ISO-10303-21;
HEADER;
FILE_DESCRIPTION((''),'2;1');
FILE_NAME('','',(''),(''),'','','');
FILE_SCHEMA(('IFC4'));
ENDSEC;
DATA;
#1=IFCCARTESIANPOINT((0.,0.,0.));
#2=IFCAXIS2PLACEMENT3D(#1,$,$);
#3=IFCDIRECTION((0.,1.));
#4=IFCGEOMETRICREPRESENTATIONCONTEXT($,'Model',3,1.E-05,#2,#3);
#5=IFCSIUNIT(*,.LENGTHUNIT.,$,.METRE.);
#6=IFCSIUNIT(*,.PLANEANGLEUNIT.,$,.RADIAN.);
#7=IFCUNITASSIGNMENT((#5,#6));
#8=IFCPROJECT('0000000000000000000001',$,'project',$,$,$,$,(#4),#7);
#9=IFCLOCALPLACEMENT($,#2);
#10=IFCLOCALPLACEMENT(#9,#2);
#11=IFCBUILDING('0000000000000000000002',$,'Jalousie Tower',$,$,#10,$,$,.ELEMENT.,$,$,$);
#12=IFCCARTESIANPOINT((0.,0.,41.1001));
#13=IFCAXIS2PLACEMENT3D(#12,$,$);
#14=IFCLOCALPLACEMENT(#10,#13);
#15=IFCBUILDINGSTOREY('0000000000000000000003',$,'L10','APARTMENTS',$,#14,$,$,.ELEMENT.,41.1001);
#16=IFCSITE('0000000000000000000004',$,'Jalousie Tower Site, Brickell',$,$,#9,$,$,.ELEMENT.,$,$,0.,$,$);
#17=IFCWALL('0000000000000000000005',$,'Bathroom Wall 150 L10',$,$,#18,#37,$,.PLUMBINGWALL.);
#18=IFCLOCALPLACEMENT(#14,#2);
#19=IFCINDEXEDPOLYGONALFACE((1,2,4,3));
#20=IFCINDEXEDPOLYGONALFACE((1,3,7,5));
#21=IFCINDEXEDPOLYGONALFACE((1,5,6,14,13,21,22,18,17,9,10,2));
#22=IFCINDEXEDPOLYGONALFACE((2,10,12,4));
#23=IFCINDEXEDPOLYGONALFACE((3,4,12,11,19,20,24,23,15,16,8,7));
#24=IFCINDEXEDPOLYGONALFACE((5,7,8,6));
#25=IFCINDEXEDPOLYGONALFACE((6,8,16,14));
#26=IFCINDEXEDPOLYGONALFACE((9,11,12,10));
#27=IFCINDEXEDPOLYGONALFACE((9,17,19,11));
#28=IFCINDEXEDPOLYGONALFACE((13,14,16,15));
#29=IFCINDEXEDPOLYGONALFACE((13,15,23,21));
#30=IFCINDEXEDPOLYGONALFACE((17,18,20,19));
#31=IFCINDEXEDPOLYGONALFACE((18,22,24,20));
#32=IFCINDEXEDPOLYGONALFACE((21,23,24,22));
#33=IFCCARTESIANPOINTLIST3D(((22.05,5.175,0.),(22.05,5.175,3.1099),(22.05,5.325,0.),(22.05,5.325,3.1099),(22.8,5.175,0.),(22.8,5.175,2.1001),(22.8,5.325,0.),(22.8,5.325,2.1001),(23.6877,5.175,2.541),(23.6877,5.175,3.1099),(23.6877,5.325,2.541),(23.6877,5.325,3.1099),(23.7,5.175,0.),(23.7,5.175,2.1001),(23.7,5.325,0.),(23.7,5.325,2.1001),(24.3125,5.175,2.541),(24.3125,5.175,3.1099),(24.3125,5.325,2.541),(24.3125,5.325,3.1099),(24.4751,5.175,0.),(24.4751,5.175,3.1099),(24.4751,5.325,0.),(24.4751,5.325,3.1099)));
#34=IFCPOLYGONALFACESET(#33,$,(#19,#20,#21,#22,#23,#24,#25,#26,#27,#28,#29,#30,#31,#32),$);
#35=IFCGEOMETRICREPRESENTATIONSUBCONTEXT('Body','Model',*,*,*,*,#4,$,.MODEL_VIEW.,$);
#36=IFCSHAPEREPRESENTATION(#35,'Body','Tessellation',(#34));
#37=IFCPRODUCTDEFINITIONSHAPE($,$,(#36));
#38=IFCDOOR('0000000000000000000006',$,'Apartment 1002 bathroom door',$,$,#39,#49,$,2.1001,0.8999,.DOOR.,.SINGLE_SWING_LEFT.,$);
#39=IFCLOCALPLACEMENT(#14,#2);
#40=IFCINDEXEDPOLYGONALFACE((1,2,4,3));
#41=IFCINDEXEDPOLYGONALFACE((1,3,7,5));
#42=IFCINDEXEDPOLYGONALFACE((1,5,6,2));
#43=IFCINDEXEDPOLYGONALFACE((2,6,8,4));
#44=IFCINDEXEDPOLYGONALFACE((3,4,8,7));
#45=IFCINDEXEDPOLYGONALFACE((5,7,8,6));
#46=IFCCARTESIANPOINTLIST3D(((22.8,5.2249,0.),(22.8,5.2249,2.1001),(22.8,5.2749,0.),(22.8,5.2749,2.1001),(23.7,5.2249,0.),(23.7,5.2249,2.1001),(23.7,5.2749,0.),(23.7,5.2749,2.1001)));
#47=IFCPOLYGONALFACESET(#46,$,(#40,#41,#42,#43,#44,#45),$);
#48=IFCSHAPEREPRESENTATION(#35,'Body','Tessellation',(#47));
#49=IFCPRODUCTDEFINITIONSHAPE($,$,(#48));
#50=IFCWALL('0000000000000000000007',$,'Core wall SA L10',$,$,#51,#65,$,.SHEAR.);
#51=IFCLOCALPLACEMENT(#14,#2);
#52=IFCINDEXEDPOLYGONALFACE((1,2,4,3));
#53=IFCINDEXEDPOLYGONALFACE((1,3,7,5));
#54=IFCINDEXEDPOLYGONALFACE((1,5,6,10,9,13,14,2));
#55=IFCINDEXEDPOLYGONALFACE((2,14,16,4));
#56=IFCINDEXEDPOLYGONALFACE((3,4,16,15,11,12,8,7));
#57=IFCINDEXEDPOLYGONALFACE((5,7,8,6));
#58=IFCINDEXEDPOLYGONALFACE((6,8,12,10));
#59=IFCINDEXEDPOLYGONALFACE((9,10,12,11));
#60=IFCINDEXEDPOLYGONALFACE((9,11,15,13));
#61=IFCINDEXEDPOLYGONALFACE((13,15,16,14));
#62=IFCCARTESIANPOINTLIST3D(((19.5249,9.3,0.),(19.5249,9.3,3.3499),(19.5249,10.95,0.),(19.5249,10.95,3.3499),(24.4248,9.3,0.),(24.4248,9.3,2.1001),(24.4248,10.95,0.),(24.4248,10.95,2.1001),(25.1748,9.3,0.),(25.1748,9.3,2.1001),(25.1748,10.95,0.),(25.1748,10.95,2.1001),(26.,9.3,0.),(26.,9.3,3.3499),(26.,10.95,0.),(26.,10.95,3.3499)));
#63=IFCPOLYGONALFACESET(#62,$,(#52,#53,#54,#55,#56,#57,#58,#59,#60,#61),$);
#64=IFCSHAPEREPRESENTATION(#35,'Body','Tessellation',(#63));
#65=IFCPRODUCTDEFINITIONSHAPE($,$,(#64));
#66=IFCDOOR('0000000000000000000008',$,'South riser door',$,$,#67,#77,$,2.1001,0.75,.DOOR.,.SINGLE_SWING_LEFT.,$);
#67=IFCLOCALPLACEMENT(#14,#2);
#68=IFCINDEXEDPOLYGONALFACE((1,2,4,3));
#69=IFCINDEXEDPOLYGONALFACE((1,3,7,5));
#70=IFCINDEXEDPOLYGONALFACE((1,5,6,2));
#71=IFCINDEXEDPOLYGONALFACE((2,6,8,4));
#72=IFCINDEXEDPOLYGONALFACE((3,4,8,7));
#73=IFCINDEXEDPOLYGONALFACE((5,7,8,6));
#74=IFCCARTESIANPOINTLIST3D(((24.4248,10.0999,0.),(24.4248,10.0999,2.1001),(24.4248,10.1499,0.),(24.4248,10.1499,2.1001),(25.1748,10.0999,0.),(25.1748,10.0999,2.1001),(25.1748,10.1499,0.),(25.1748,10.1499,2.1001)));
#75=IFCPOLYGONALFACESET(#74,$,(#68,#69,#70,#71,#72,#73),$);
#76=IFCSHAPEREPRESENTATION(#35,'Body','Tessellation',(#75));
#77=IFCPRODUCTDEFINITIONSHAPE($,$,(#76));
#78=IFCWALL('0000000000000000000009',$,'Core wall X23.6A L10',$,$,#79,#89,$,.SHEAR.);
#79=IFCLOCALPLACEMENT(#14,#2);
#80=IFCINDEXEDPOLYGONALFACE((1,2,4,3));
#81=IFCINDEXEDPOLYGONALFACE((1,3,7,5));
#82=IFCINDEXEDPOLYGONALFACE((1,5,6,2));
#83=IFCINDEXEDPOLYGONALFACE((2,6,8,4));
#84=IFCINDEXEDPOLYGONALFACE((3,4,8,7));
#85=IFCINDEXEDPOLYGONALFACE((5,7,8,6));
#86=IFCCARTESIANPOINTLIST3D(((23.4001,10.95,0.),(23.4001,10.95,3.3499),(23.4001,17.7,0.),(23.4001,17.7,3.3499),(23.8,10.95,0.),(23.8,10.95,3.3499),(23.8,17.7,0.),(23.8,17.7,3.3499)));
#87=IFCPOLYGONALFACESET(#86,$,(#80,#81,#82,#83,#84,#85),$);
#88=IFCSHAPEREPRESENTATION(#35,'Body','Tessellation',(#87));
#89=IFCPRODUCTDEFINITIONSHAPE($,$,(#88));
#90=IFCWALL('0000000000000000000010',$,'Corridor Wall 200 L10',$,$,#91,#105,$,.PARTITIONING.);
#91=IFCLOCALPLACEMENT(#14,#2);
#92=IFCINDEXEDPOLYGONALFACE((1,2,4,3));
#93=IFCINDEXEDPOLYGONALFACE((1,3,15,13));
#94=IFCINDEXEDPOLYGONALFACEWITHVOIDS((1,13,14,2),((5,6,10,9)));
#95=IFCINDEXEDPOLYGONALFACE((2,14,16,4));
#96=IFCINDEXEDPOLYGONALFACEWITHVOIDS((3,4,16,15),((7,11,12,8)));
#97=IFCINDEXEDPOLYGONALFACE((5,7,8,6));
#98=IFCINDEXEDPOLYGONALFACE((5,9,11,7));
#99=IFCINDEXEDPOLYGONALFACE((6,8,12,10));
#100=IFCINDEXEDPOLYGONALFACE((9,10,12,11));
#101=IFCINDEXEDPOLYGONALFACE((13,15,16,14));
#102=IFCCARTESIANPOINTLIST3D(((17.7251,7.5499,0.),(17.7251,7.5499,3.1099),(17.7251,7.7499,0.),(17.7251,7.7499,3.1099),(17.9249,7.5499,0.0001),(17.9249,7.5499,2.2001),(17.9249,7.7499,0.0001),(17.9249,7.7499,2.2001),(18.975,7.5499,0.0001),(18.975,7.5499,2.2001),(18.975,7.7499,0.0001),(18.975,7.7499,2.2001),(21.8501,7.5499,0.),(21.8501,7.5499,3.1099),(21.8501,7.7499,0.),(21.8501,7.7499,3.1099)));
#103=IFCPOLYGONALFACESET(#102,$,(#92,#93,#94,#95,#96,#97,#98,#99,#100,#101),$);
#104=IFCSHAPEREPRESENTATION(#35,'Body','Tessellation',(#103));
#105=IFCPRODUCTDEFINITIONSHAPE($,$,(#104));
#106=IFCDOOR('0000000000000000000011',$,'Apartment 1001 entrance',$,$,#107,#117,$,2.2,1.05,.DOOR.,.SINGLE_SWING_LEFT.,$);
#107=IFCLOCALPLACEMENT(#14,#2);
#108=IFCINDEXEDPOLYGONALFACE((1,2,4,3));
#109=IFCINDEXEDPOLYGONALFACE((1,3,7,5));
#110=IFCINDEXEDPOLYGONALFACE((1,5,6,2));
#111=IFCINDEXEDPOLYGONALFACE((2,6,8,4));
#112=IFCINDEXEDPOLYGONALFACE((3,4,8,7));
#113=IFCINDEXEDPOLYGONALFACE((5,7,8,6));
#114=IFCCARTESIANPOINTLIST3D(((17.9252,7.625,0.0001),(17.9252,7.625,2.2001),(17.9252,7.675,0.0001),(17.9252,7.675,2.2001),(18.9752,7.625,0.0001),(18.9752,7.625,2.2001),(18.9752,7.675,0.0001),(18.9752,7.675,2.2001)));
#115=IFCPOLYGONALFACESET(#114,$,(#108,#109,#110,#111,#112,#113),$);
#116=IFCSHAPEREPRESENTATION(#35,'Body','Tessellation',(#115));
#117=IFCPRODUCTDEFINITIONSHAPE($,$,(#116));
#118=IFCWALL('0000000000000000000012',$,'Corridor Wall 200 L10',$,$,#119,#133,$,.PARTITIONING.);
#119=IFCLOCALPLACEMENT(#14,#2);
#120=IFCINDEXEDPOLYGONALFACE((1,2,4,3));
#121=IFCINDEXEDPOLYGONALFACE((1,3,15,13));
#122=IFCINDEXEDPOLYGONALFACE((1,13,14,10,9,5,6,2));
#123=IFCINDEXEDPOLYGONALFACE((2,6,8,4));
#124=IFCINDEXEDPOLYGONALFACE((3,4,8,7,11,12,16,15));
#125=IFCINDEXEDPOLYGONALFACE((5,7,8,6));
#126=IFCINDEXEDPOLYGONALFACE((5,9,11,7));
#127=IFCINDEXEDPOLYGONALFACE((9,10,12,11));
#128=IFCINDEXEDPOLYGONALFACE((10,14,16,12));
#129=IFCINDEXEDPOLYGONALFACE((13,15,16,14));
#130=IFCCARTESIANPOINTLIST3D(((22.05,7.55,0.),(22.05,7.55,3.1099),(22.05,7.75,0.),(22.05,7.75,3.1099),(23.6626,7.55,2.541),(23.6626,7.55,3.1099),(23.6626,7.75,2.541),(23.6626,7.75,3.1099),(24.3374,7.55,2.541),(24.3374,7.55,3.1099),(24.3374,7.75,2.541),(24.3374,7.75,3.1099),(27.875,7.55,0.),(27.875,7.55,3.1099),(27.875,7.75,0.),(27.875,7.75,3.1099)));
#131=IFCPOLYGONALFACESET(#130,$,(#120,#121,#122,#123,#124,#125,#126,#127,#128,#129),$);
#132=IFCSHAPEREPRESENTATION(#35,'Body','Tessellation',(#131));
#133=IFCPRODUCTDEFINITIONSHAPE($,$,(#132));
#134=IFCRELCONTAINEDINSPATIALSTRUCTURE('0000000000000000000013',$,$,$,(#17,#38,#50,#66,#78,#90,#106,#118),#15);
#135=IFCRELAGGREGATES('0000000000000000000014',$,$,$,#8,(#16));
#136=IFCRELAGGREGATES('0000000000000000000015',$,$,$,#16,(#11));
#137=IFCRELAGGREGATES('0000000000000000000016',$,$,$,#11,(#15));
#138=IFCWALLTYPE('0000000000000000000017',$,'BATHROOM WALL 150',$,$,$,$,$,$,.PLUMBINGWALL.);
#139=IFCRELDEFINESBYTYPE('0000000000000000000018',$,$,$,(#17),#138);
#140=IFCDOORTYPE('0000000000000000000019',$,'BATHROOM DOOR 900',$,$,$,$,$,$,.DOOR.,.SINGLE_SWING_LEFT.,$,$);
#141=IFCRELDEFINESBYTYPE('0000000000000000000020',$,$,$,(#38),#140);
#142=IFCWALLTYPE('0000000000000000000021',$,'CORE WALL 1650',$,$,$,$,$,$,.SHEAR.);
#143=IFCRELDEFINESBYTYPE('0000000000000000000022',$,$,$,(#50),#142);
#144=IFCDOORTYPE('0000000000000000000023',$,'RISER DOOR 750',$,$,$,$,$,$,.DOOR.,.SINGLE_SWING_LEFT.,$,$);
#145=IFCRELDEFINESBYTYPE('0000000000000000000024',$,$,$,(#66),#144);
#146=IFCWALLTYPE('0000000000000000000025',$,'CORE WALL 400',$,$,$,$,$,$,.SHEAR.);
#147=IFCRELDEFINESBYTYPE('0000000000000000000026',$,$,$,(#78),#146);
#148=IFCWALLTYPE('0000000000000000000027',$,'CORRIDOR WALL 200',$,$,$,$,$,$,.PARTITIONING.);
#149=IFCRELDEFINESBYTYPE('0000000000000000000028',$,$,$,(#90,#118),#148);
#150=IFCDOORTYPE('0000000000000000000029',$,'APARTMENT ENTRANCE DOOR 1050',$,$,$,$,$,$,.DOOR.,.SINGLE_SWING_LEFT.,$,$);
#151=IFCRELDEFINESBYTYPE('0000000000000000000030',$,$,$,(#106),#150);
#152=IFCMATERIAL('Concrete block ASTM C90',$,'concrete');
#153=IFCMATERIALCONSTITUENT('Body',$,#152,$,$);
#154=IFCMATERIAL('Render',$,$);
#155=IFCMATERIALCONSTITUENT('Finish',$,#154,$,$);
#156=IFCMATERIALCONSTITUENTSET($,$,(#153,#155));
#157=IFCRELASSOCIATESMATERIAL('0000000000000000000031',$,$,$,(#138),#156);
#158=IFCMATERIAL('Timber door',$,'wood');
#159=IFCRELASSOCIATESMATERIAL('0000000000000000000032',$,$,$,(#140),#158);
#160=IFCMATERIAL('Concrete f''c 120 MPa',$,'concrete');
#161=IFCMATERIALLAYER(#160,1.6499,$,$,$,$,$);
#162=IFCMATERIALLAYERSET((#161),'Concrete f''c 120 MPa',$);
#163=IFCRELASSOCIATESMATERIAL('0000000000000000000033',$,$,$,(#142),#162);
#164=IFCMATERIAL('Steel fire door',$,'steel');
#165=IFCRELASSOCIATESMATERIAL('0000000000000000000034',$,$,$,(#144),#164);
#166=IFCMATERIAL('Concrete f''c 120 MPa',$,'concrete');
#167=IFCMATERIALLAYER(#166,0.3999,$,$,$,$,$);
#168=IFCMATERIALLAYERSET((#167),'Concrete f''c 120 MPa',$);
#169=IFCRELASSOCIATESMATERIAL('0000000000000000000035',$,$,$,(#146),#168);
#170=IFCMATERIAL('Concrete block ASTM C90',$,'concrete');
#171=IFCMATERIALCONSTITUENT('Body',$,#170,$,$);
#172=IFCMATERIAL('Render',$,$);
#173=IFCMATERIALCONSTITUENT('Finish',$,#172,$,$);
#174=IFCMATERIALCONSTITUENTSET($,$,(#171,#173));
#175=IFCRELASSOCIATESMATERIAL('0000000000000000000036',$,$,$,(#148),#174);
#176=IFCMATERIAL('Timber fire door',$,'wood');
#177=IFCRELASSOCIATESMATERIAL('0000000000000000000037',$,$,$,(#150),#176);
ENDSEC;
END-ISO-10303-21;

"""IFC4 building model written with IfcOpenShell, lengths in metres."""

from ifc_helpers import new_model, si_unit, direction, frame, frame_2d, origin, place, context, subcontext, project, spatial, polyline, rectangle, outline, extrude, material, layer, layer_set, constituent, constituent_set, type_object, element, fill, save


model = new_model("IFC4")

# Units and contexts
model_context = context("Model", 3, precision=1e-05, world=origin(), true_north=direction((0.0, 1.0)))
body_context = subcontext(model_context, "Body", "Model", "MODEL_VIEW")
ifc_project = project(units=[si_unit("LENGTHUNIT", "METRE"), si_unit("PLANEANGLEUNIT", "RADIAN")], contexts=[model_context])

# Site, building, storey
site_placement = place(None, origin())
site = spatial("IfcSite", under=ifc_project, at=site_placement, Name="Jalousie Tower Site, Brickell", CompositionType="ELEMENT", RefElevation=0.0)
building_placement = place(site_placement, origin())
building = spatial("IfcBuilding", under=site, at=building_placement, Name="Jalousie Tower", CompositionType="ELEMENT")
storey_placement = place(building_placement, frame((0.0, 0.0, 41.1001)))
storey = spatial("IfcBuildingStorey", under=building, at=storey_placement, Name="L10", Description="APARTMENTS", CompositionType="ELEMENT", Elevation=41.1001)

# Walls, openings, doors
ifc_material_1 = material(Name="Concrete block ASTM C90", Category="concrete")
ifc_constituent_1 = constituent(ifc_material_1, Name="Body")
ifc_material_2 = material(Name="Render")
ifc_constituent_2 = constituent(ifc_material_2, Name="Finish")
ifc_constituent_set_1 = constituent_set(constituents=[ifc_constituent_1, ifc_constituent_2])
wall_type_1 = type_object("IfcWallType", Name="BATHROOM WALL 150", PredefinedType="PLUMBINGWALL", material=ifc_constituent_set_1)
wall_1_placement = place(storey_placement, frame((22.05, 5.25, 0.0), z_axis=(0.0, 0.0, 1.0), x_axis=(1.0, 0.0, 0.0)))
wall_1 = element("IfcWall", 1, at=wall_1_placement, inside=storey, type_object=wall_type_1, Name="Bathroom Wall 150 L10", PredefinedType="PLUMBINGWALL", context=body_context, shape_type="SweptSolid", body=[
    extrude(outline(polyline([(0.0, 0.0), (2.425, 0.0), (2.425, 3.1099), (2.2625, 3.1099), (2.2625, 2.541), (1.6377, 2.541), (1.6377, 3.1099), (0.0, 3.1099), (0.0, 0.0)])), frame((0.0, 0.075, 0.0), z_axis=(0.0, -1.0, 0.0), x_axis=(1.0, 0.0, 0.0)), (0.0, 0.0, 1.0), 0.1499),
])
opening_1_placement = place(wall_1_placement, frame((0.75, 0.0, 0.0)))
opening_1 = element("IfcOpeningElement", 2, at=opening_1_placement, cuts=wall_1, PredefinedType="OPENING", context=body_context, shape_type="SweptSolid", body=[
    extrude(rectangle(XDim=0.8999, YDim=2.1001, at=frame_2d((0.45, 1.05))), frame((0.0, 0.085, 0.0), z_axis=(0.0, -1.0, 0.0), x_axis=(1.0, 0.0, 0.0)), (0.0, 0.0, 1.0), 0.1699),
])
ifc_material_3 = material(Name="Timber door", Category="wood")
door_type_1 = type_object("IfcDoorType", Name="BATHROOM DOOR 900", OperationType="SINGLE_SWING_LEFT", PredefinedType="DOOR", material=ifc_material_3)
door_1_placement = place(opening_1_placement, origin())
door_1 = element("IfcDoor", 3, at=door_1_placement, inside=storey, type_object=door_type_1, Name="Apartment 1002 bathroom door", OperationType="SINGLE_SWING_LEFT", OverallHeight=2.1001, OverallWidth=0.8999, PredefinedType="DOOR", context=body_context, shape_type="SweptSolid", body=[
    extrude(rectangle(XDim=0.8999, YDim=2.1001, at=frame_2d((0.45, 1.05))), frame((0.0, 0.0249, 0.0), z_axis=(0.0, -1.0, 0.0), x_axis=(1.0, 0.0, 0.0)), (0.0, 0.0, 1.0), 0.05),
])
fill(opening_1, door_1)
ifc_material_4 = material(Name="Concrete f'c 120 MPa", Category="concrete")
ifc_layer_1 = layer(ifc_material_4, 1.6499)
ifc_layer_set_1 = layer_set([ifc_layer_1], Name="Concrete f'c 120 MPa")
wall_type_2 = type_object("IfcWallType", Name="CORE WALL 1650", PredefinedType="SHEAR", material=ifc_layer_set_1)
wall_2_placement = place(storey_placement, frame((19.5249, 10.125, 0.0), z_axis=(0.0, 0.0, 1.0), x_axis=(1.0, 0.0, 0.0)))
wall_2 = element("IfcWall", 4, at=wall_2_placement, inside=storey, type_object=wall_type_2, Name="Core wall SA L10", PredefinedType="SHEAR", context=body_context, shape_type="SweptSolid", body=[
    extrude(rectangle(XDim=6.4751, YDim=1.6499, at=frame_2d((3.2375, 0.0))), origin(), (0.0, 0.0, 1.0), 3.3499),
])
opening_2_placement = place(wall_2_placement, frame((4.8999, 0.0, 0.0)))
opening_2 = element("IfcOpeningElement", 5, at=opening_2_placement, cuts=wall_2, PredefinedType="OPENING", context=body_context, shape_type="SweptSolid", body=[
    extrude(rectangle(XDim=0.75, YDim=2.1001, at=frame_2d((0.375, 1.05))), frame((0.0, 0.835, 0.0), z_axis=(0.0, -1.0, 0.0), x_axis=(1.0, 0.0, 0.0)), (0.0, 0.0, 1.0), 1.6699),
])
ifc_material_5 = material(Name="Steel fire door", Category="steel")
door_type_2 = type_object("IfcDoorType", Name="RISER DOOR 750", OperationType="SINGLE_SWING_LEFT", PredefinedType="DOOR", material=ifc_material_5)
door_2_placement = place(opening_2_placement, origin())
door_2 = element("IfcDoor", 6, at=door_2_placement, inside=storey, type_object=door_type_2, Name="South riser door", OperationType="SINGLE_SWING_LEFT", OverallHeight=2.1001, OverallWidth=0.75, PredefinedType="DOOR", context=body_context, shape_type="SweptSolid", body=[
    extrude(rectangle(XDim=0.75, YDim=2.1001, at=frame_2d((0.375, 1.05))), frame((0.0, 0.0249, 0.0), z_axis=(0.0, -1.0, 0.0), x_axis=(1.0, 0.0, 0.0)), (0.0, 0.0, 1.0), 0.05),
])
fill(opening_2, door_2)

# Wall
ifc_material_6 = material(Name="Concrete f'c 120 MPa", Category="concrete")
ifc_layer_2 = layer(ifc_material_6, 0.3999)
ifc_layer_set_2 = layer_set([ifc_layer_2], Name="Concrete f'c 120 MPa")
wall_type_3 = type_object("IfcWallType", Name="CORE WALL 400", PredefinedType="SHEAR", material=ifc_layer_set_2)
wall_3_placement = place(storey_placement, frame((23.6001, 10.95, 0.0), z_axis=(0.0, 0.0, 1.0), x_axis=(0.0, 1.0, 0.0)))
element("IfcWall", 7, at=wall_3_placement, inside=storey, type_object=wall_type_3, Name="Core wall X23.6A L10", PredefinedType="SHEAR", context=body_context, shape_type="SweptSolid", body=[
    extrude(rectangle(XDim=6.75, YDim=0.3999, at=frame_2d((3.375, 0.0))), origin(), (0.0, 0.0, 1.0), 3.3499),
])

# Wall, opening, door
ifc_material_7 = material(Name="Concrete block ASTM C90", Category="concrete")
ifc_constituent_3 = constituent(ifc_material_7, Name="Body")
ifc_material_8 = material(Name="Render")
ifc_constituent_4 = constituent(ifc_material_8, Name="Finish")
ifc_constituent_set_2 = constituent_set(constituents=[ifc_constituent_3, ifc_constituent_4])
wall_type_4 = type_object("IfcWallType", Name="CORRIDOR WALL 200", PredefinedType="PARTITIONING", material=ifc_constituent_set_2)
wall_4_placement = place(storey_placement, frame((17.7251, 7.6499, 0.0), z_axis=(0.0, 0.0, 1.0), x_axis=(1.0, 0.0, 0.0)))
wall_4 = element("IfcWall", 8, at=wall_4_placement, inside=storey, type_object=wall_type_4, Name="Corridor Wall 200 L10", PredefinedType="PARTITIONING", context=body_context, shape_type="SweptSolid", body=[
    extrude(rectangle(XDim=4.125, YDim=0.2, at=frame_2d((2.0625, 0.0))), origin(), (0.0, 0.0, 1.0), 3.1099),
])
opening_3_placement = place(wall_4_placement, frame((0.2, 0.0, 0.0)))
opening_3 = element("IfcOpeningElement", 9, at=opening_3_placement, cuts=wall_4, PredefinedType="OPENING", context=body_context, shape_type="SweptSolid", body=[
    extrude(rectangle(XDim=1.05, YDim=2.2, at=frame_2d((0.5249, 1.1001))), frame((0.0, 0.1099, 0.0), z_axis=(0.0, -1.0, 0.0), x_axis=(1.0, 0.0, 0.0)), (0.0, 0.0, 1.0), 0.22),
])
ifc_material_9 = material(Name="Timber fire door", Category="wood")
door_type_3 = type_object("IfcDoorType", Name="APARTMENT ENTRANCE DOOR 1050", OperationType="SINGLE_SWING_LEFT", PredefinedType="DOOR", material=ifc_material_9)
door_3_placement = place(opening_3_placement, frame((1.05, 0.0, 0.0), z_axis=(0.0, 0.0, 1.0), x_axis=(-1.0, 0.0, 0.0)))
door_3 = element("IfcDoor", 10, at=door_3_placement, inside=storey, type_object=door_type_3, Name="Apartment 1001 entrance", OperationType="SINGLE_SWING_LEFT", OverallHeight=2.2, OverallWidth=1.05, PredefinedType="DOOR", context=body_context, shape_type="SweptSolid", body=[
    extrude(rectangle(XDim=1.05, YDim=2.2, at=frame_2d((0.5249, 1.1001))), frame((0.0, 0.0249, 0.0), z_axis=(0.0, -1.0, 0.0), x_axis=(1.0, 0.0, 0.0)), (0.0, 0.0, 1.0), 0.05),
])
fill(opening_3, door_3)

# Wall
wall_5_placement = place(storey_placement, frame((22.05, 7.6499, 0.0), z_axis=(0.0, 0.0, 1.0), x_axis=(1.0, 0.0, 0.0)))
element("IfcWall", 11, at=wall_5_placement, inside=storey, type_object=wall_type_4, Name="Corridor Wall 200 L10", PredefinedType="PARTITIONING", context=body_context, shape_type="SweptSolid", body=[
    extrude(outline(polyline([(0.0, 0.0), (5.825, 0.0), (5.825, 3.1099), (2.2874, 3.1099), (2.2874, 2.541), (1.6125, 2.541), (1.6125, 3.1099), (0.0, 3.1099), (0.0, 0.0)])), frame((0.0, 0.1001, 0.0), z_axis=(0.0, -1.0, 0.0), x_axis=(1.0, 0.0, 0.0)), (0.0, 0.0, 1.0), 0.2),
])

save(model, "model.ifc")
